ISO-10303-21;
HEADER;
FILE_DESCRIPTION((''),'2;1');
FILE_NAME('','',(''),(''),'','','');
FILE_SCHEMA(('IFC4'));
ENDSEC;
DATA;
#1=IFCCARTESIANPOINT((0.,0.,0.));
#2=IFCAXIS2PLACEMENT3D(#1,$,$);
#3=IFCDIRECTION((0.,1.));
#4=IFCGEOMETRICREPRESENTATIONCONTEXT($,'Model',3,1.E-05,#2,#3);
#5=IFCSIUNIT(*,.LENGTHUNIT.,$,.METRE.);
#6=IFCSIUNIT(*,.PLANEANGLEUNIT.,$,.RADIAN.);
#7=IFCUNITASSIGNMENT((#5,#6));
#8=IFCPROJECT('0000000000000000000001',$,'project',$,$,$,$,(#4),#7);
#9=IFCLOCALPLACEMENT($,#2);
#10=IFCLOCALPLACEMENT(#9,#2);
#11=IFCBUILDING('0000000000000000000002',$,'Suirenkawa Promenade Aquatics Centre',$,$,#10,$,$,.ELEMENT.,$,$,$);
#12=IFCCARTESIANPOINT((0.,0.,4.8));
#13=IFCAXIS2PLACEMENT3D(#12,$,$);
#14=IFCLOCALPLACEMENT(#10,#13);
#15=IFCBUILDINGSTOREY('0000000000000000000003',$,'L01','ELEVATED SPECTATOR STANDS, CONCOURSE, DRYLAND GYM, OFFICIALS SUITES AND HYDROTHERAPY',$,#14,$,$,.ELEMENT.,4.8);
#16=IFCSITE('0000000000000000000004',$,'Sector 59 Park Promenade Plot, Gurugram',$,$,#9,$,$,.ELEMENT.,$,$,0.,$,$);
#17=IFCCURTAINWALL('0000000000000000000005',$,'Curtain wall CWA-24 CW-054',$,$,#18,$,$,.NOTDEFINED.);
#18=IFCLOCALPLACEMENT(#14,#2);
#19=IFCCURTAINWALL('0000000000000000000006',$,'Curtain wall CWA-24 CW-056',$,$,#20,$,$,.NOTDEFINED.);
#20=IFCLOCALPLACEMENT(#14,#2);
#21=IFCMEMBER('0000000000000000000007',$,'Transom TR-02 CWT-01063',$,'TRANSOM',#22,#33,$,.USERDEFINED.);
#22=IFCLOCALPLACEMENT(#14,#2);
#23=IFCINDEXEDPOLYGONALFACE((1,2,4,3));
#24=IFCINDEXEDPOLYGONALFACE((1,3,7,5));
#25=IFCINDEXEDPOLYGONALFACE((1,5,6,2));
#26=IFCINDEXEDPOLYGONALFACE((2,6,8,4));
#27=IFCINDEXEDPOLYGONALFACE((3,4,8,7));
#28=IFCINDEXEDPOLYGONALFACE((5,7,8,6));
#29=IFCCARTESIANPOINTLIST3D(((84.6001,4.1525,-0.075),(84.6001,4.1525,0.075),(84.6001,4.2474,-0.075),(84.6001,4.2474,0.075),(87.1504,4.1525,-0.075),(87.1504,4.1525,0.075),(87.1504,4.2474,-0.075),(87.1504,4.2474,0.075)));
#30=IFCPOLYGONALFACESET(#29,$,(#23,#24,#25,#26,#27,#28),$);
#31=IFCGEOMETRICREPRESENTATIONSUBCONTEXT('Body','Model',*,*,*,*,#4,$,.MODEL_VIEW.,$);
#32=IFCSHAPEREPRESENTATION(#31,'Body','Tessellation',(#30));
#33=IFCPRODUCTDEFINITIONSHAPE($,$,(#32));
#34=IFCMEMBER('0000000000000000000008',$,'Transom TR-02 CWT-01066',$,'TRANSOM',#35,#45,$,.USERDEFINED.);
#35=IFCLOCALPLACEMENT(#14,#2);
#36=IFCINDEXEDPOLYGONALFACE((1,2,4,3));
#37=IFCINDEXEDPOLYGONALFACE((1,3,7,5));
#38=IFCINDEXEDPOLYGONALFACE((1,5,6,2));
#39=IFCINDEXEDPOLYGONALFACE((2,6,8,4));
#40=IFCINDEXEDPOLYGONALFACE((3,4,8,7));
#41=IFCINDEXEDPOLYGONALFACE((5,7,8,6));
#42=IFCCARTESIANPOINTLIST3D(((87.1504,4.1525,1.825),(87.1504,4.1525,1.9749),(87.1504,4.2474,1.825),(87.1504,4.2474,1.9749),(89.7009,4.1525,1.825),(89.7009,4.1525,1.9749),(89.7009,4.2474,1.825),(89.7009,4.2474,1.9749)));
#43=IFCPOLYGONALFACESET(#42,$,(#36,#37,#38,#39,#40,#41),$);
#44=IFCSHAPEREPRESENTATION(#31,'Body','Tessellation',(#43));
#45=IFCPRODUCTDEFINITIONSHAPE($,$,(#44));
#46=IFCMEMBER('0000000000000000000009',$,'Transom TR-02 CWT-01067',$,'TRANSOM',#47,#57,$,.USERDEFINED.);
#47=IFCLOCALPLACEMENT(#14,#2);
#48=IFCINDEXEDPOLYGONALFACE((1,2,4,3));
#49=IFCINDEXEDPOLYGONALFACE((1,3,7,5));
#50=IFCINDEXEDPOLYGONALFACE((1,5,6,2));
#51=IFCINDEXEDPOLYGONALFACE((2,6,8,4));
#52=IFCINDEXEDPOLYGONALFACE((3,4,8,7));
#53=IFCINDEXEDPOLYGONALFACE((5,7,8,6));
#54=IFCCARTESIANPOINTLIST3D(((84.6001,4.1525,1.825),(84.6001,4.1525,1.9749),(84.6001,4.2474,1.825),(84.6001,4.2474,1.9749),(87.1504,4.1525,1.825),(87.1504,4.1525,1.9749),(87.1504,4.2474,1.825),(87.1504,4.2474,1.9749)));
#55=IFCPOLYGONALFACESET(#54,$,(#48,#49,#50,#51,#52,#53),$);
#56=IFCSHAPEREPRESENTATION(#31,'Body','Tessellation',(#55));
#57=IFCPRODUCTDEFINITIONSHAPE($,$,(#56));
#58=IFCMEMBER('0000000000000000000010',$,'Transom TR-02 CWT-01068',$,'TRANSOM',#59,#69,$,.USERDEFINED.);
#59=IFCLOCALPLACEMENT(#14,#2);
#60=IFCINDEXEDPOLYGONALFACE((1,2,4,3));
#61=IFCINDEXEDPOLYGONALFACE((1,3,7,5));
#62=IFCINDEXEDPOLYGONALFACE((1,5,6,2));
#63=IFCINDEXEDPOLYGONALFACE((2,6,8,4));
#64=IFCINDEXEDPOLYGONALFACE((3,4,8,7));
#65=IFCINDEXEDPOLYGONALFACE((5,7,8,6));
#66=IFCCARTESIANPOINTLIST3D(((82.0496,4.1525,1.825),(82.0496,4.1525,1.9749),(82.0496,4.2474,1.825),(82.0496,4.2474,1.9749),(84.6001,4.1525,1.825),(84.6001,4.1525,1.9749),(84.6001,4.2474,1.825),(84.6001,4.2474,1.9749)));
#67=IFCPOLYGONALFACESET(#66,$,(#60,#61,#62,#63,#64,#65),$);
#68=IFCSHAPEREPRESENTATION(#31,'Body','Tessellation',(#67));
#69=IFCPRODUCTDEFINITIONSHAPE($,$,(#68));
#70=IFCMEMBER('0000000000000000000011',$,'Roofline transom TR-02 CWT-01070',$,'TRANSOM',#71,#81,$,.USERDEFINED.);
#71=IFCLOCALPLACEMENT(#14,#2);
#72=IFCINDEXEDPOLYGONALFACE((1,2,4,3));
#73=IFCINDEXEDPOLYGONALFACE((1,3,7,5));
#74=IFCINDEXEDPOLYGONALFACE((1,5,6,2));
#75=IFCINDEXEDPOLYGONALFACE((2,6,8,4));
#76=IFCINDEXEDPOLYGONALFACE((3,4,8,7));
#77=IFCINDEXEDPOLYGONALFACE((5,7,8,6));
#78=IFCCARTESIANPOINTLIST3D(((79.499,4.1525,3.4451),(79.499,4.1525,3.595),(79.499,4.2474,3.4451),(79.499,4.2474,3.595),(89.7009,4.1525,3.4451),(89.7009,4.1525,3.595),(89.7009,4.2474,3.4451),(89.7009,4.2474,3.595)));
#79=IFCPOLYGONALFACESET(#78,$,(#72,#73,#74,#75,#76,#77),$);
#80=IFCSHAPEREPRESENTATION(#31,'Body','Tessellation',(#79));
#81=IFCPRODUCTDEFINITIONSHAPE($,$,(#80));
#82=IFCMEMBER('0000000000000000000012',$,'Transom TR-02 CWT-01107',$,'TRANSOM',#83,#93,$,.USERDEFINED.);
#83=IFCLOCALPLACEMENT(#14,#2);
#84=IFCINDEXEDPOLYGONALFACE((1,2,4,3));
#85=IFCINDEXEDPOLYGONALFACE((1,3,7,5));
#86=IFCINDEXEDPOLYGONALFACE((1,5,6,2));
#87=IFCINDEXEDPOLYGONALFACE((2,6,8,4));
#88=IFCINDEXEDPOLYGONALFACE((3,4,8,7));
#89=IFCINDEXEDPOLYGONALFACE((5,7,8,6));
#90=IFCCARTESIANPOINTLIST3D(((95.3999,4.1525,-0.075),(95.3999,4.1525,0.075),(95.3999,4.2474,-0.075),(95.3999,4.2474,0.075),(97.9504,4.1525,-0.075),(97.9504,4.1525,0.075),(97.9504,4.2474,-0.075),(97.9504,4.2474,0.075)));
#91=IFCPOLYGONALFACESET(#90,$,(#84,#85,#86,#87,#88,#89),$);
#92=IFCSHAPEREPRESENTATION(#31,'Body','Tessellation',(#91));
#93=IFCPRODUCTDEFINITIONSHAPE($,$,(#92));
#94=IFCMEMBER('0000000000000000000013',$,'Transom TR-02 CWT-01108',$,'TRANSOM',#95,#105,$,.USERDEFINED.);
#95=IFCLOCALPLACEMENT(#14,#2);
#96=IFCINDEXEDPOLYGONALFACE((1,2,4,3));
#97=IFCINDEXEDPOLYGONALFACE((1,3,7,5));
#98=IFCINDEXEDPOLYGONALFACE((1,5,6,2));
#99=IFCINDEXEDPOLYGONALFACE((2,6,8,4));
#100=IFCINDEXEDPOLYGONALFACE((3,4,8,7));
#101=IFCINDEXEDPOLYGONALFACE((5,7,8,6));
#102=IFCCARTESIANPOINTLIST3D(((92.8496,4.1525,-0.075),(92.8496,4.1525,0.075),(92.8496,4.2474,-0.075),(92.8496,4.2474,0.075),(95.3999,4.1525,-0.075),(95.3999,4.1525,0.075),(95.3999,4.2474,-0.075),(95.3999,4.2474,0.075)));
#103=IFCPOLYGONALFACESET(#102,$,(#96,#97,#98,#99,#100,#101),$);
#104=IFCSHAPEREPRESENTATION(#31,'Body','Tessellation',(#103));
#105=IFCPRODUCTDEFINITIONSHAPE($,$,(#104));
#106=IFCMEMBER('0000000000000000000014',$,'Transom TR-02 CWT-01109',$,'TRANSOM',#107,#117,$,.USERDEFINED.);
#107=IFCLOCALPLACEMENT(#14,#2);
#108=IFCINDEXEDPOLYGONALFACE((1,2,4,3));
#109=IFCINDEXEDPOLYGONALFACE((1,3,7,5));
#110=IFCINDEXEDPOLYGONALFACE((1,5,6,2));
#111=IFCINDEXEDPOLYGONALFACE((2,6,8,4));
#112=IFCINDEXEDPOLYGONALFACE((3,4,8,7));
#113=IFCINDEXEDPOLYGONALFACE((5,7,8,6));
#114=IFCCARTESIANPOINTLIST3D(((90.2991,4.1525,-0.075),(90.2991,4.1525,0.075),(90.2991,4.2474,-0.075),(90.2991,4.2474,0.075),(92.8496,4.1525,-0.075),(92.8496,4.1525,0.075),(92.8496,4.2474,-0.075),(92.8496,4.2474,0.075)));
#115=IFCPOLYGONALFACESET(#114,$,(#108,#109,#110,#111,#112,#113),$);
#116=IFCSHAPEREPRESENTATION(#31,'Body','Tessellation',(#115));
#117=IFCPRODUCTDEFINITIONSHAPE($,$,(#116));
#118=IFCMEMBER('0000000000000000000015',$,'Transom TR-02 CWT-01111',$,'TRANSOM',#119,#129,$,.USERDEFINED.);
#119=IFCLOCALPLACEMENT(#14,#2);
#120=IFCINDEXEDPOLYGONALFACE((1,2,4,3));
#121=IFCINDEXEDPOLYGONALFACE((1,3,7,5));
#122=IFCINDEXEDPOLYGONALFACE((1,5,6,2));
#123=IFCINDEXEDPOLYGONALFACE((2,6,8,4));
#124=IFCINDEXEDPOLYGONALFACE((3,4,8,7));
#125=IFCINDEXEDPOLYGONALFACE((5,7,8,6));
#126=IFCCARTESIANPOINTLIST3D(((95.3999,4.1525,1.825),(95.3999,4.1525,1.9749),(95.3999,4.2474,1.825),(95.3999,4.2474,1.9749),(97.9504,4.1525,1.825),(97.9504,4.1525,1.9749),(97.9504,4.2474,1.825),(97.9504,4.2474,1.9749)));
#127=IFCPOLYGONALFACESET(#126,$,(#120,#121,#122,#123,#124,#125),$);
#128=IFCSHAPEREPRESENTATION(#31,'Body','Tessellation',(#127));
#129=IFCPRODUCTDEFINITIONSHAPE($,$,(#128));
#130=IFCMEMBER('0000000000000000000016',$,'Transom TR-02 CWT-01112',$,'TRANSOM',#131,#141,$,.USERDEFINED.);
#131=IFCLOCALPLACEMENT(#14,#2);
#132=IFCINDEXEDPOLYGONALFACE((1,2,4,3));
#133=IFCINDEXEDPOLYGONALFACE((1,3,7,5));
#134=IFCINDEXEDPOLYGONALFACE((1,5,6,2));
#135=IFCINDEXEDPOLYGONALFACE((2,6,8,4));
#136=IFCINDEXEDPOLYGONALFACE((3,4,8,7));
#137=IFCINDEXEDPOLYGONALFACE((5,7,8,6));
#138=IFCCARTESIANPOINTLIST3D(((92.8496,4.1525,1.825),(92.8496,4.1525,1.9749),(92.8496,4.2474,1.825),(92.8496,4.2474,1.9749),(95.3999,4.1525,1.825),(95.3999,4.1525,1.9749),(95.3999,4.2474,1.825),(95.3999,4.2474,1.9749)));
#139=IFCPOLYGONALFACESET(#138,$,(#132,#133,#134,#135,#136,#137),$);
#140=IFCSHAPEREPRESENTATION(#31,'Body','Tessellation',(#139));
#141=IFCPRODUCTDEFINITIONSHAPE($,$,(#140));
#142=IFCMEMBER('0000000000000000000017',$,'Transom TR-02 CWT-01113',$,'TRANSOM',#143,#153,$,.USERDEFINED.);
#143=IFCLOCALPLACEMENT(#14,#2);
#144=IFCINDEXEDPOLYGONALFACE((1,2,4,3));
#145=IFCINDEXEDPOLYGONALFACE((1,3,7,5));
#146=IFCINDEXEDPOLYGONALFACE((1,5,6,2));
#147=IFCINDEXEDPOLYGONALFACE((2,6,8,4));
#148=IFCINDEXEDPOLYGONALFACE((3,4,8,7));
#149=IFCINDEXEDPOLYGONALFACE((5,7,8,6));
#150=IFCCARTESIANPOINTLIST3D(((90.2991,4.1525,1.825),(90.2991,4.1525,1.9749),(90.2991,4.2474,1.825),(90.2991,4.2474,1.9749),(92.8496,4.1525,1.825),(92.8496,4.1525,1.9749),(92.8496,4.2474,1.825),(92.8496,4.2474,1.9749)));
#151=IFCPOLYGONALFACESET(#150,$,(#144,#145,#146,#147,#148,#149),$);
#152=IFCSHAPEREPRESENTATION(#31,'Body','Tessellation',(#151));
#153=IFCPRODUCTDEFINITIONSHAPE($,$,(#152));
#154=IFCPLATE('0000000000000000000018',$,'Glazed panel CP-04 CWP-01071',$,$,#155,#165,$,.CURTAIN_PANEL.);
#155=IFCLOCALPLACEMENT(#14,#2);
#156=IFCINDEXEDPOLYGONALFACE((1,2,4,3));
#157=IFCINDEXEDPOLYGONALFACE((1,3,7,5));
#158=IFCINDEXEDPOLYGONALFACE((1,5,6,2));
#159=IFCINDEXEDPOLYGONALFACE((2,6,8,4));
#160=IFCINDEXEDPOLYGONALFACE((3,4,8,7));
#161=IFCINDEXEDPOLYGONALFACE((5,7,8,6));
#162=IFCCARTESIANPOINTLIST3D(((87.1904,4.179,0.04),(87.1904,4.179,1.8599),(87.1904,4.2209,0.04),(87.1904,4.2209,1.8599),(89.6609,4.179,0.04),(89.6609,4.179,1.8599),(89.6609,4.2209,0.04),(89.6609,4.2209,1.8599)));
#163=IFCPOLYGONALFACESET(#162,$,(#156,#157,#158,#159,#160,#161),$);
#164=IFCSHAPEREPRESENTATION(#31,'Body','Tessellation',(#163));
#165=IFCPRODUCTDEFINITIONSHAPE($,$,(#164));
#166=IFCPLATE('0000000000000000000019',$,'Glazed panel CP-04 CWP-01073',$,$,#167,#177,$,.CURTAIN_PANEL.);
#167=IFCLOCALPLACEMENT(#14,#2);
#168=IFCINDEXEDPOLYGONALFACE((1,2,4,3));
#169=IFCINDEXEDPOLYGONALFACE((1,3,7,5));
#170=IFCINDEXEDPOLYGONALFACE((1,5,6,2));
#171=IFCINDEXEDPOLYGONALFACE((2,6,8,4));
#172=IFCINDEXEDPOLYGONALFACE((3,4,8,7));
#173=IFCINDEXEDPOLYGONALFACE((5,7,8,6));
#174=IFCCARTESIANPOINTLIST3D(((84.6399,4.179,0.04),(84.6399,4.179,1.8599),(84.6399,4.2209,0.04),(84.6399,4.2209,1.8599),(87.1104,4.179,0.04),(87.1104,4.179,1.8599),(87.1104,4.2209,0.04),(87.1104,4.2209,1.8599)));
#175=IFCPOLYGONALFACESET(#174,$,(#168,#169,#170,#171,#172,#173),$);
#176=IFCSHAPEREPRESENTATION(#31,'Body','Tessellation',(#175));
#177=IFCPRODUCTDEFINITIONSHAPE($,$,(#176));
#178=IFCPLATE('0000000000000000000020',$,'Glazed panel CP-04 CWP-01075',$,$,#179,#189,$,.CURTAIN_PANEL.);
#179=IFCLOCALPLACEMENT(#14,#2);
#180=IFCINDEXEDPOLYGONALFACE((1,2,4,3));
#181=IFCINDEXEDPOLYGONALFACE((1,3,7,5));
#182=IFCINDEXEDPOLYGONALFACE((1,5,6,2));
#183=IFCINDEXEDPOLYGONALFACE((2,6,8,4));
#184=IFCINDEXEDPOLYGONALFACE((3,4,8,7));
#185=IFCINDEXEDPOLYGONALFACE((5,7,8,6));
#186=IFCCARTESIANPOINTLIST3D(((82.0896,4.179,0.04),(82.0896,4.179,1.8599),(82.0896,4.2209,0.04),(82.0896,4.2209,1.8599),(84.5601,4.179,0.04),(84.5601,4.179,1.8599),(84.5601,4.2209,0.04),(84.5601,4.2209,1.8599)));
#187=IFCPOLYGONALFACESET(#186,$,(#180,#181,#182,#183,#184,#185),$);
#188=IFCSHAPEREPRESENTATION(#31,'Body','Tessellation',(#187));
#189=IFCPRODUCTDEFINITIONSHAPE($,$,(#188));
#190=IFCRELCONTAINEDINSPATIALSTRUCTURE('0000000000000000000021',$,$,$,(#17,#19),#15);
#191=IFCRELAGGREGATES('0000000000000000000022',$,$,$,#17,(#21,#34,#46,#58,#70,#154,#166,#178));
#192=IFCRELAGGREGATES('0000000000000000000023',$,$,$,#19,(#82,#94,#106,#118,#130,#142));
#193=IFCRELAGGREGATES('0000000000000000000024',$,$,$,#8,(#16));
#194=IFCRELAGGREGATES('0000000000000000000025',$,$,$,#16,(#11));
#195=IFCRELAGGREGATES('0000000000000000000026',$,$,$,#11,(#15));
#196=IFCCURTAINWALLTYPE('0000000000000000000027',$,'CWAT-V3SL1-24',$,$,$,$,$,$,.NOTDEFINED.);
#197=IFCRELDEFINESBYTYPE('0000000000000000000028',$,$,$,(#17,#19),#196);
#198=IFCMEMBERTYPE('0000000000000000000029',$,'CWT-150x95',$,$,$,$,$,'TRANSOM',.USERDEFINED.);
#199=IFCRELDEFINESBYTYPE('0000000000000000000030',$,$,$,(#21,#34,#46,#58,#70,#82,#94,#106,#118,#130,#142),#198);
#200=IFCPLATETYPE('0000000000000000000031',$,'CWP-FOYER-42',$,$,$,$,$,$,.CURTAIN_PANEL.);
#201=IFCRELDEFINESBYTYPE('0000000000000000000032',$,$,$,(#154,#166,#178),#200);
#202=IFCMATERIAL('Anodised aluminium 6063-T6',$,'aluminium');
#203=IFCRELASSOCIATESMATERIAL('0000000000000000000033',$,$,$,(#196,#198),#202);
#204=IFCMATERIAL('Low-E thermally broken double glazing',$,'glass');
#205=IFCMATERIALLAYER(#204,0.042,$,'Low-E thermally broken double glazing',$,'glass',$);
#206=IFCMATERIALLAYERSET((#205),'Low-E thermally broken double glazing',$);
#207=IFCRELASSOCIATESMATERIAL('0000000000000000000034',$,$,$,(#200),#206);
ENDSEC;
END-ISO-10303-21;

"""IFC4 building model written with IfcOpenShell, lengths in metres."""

from ifc_helpers import new_model, si_unit, direction, frame, origin, origin_2d, place, context, subcontext, project, spatial, polyline, rectangle, outline, extrude, material, layer, layer_set, material_profile, profile_set, type_object, element, aggregate, save


model = new_model("IFC4")

# Units and contexts
model_context = context("Model", 3, precision=1e-05, world=origin(), true_north=direction((0.0, 1.0)))
body_context = subcontext(model_context, "Body", "Model", "MODEL_VIEW")
ifc_project = project(units=[si_unit("LENGTHUNIT", "METRE"), si_unit("PLANEANGLEUNIT", "RADIAN")], contexts=[model_context])

# Site, building, storey
site_placement = place(None, origin())
site = spatial("IfcSite", under=ifc_project, at=site_placement, Name="Sector 59 Park Promenade Plot, Gurugram", CompositionType="ELEMENT", RefElevation=0.0)
building_placement = place(site_placement, origin())
building = spatial("IfcBuilding", under=site, at=building_placement, Name="Suirenkawa Promenade Aquatics Centre", CompositionType="ELEMENT")
storey_placement = place(building_placement, frame((0.0, 0.0, 4.8)))
storey = spatial("IfcBuildingStorey", under=building, at=storey_placement, Name="L01", Description="ELEVATED SPECTATOR STANDS, CONCOURSE, DRYLAND GYM, OFFICIALS SUITES AND HYDROTHERAPY", CompositionType="ELEMENT", Elevation=4.8)

# Curtain walls
ifc_material_1 = material(Name="Anodised aluminium 6063-T6", Category="aluminium")
curtain_wall_type = type_object("IfcCurtainWallType", Name="CWAT-V3SL1-24", PredefinedType="NOTDEFINED", material=ifc_material_1)
curtain_wall_1_placement = place(storey_placement, origin())
curtain_wall_1 = element("IfcCurtainWall", 1, at=curtain_wall_1_placement, inside=storey, type_object=curtain_wall_type, Name="Curtain wall CWA-24 CW-054", PredefinedType="NOTDEFINED")
curtain_wall_2_placement = place(storey_placement, origin())
curtain_wall_2 = element("IfcCurtainWall", 2, at=curtain_wall_2_placement, inside=storey, type_object=curtain_wall_type, Name="Curtain wall CWA-24 CW-056", PredefinedType="NOTDEFINED")

# Members
ifc_material_profile_1 = material_profile(ifc_material_1, rectangle(XDim=0.095, YDim=0.1499, at=origin_2d()), Name="ALU TRAN 95x150", Category="aluminium")
ifc_profile_set_1 = profile_set([ifc_material_profile_1], Name="Anodised aluminium 6063-T6")
member_type_1 = type_object("IfcMemberType", Name="CWT-150x95", ElementType="TRANSOM", PredefinedType="USERDEFINED", material=ifc_profile_set_1)
member_1_placement = place(storey_placement, frame((87.1504, 4.2, 0.0), z_axis=(-1.0, 0.0, 0.0), x_axis=(0.0, -1.0, 0.0)))
member_1 = element("IfcMember", 3, at=member_1_placement, type_object=member_type_1, Name="Transom TR-02 CWT-01063", ObjectType="TRANSOM", PredefinedType="USERDEFINED", context=body_context, shape_type="SweptSolid", body=[
    extrude(rectangle(XDim=0.095, YDim=0.1499, at=origin_2d()), origin(), (0.0, 0.0, 1.0), 2.5503),
])
member_2_placement = place(storey_placement, frame((89.7009, 4.2, 1.8999), z_axis=(-1.0, 0.0, 0.0), x_axis=(0.0, -1.0, 0.0)))
member_2 = element("IfcMember", 4, at=member_2_placement, type_object=member_type_1, Name="Transom TR-02 CWT-01066", ObjectType="TRANSOM", PredefinedType="USERDEFINED", context=body_context, shape_type="SweptSolid", body=[
    extrude(rectangle(XDim=0.095, YDim=0.1499, at=origin_2d()), origin(), (0.0, 0.0, 1.0), 2.5505),
])
member_3_placement = place(storey_placement, frame((87.1504, 4.2, 1.8999), z_axis=(-1.0, 0.0, 0.0), x_axis=(0.0, -1.0, 0.0)))
member_3 = element("IfcMember", 5, at=member_3_placement, type_object=member_type_1, Name="Transom TR-02 CWT-01067", ObjectType="TRANSOM", PredefinedType="USERDEFINED", context=body_context, shape_type="SweptSolid", body=[
    extrude(rectangle(XDim=0.095, YDim=0.1499, at=origin_2d()), origin(), (0.0, 0.0, 1.0), 2.5503),
])
member_4_placement = place(storey_placement, frame((84.6001, 4.2, 1.8999), z_axis=(-1.0, 0.0, 0.0), x_axis=(0.0, -1.0, 0.0)))
member_4 = element("IfcMember", 6, at=member_4_placement, type_object=member_type_1, Name="Transom TR-02 CWT-01068", ObjectType="TRANSOM", PredefinedType="USERDEFINED", context=body_context, shape_type="SweptSolid", body=[
    extrude(rectangle(XDim=0.095, YDim=0.1499, at=origin_2d()), origin(), (0.0, 0.0, 1.0), 2.5505),
])
member_5_placement = place(storey_placement, frame((89.7009, 4.2, 3.52), z_axis=(-1.0, 0.0, 0.0), x_axis=(0.0, -1.0, 0.0)))
member_5 = element("IfcMember", 7, at=member_5_placement, type_object=member_type_1, Name="Roofline transom TR-02 CWT-01070", ObjectType="TRANSOM", PredefinedType="USERDEFINED", context=body_context, shape_type="SweptSolid", body=[
    extrude(rectangle(XDim=0.095, YDim=0.1499, at=origin_2d()), origin(), (0.0, 0.0, 1.0), 10.2019),
])
member_6_placement = place(storey_placement, frame((97.9504, 4.2, 0.0), z_axis=(-1.0, 0.0, 0.0), x_axis=(0.0, -1.0, 0.0)))
member_6 = element("IfcMember", 8, at=member_6_placement, type_object=member_type_1, Name="Transom TR-02 CWT-01107", ObjectType="TRANSOM", PredefinedType="USERDEFINED", context=body_context, shape_type="SweptSolid", body=[
    extrude(rectangle(XDim=0.095, YDim=0.1499, at=origin_2d()), origin(), (0.0, 0.0, 1.0), 2.5505),
])
member_7_placement = place(storey_placement, frame((95.3999, 4.2, 0.0), z_axis=(-1.0, 0.0, 0.0), x_axis=(0.0, -1.0, 0.0)))
member_7 = element("IfcMember", 9, at=member_7_placement, type_object=member_type_1, Name="Transom TR-02 CWT-01108", ObjectType="TRANSOM", PredefinedType="USERDEFINED", context=body_context, shape_type="SweptSolid", body=[
    extrude(rectangle(XDim=0.095, YDim=0.1499, at=origin_2d()), origin(), (0.0, 0.0, 1.0), 2.5503),
])
member_8_placement = place(storey_placement, frame((92.8496, 4.2, 0.0), z_axis=(-1.0, 0.0, 0.0), x_axis=(0.0, -1.0, 0.0)))
member_8 = element("IfcMember", 10, at=member_8_placement, type_object=member_type_1, Name="Transom TR-02 CWT-01109", ObjectType="TRANSOM", PredefinedType="USERDEFINED", context=body_context, shape_type="SweptSolid", body=[
    extrude(rectangle(XDim=0.095, YDim=0.1499, at=origin_2d()), origin(), (0.0, 0.0, 1.0), 2.5505),
])
member_9_placement = place(storey_placement, frame((97.9504, 4.2, 1.8999), z_axis=(-1.0, 0.0, 0.0), x_axis=(0.0, -1.0, 0.0)))
member_9 = element("IfcMember", 11, at=member_9_placement, type_object=member_type_1, Name="Transom TR-02 CWT-01111", ObjectType="TRANSOM", PredefinedType="USERDEFINED", context=body_context, shape_type="SweptSolid", body=[
    extrude(rectangle(XDim=0.095, YDim=0.1499, at=origin_2d()), origin(), (0.0, 0.0, 1.0), 2.5505),
])
member_10_placement = place(storey_placement, frame((95.3999, 4.2, 1.8999), z_axis=(-1.0, 0.0, 0.0), x_axis=(0.0, -1.0, 0.0)))
member_10 = element("IfcMember", 12, at=member_10_placement, type_object=member_type_1, Name="Transom TR-02 CWT-01112", ObjectType="TRANSOM", PredefinedType="USERDEFINED", context=body_context, shape_type="SweptSolid", body=[
    extrude(rectangle(XDim=0.095, YDim=0.1499, at=origin_2d()), origin(), (0.0, 0.0, 1.0), 2.5503),
])
member_11_placement = place(storey_placement, frame((92.8496, 4.2, 1.8999), z_axis=(-1.0, 0.0, 0.0), x_axis=(0.0, -1.0, 0.0)))
member_11 = element("IfcMember", 13, at=member_11_placement, type_object=member_type_1, Name="Transom TR-02 CWT-01113", ObjectType="TRANSOM", PredefinedType="USERDEFINED", context=body_context, shape_type="SweptSolid", body=[
    extrude(rectangle(XDim=0.095, YDim=0.1499, at=origin_2d()), origin(), (0.0, 0.0, 1.0), 2.5505),
])

# Plates
ifc_material_2 = material(Name="Low-E thermally broken double glazing", Category="glass")
ifc_layer_1 = layer(ifc_material_2, 0.042, Name="Low-E thermally broken double glazing", Category="glass")
ifc_layer_set_1 = layer_set([ifc_layer_1], Name="Low-E thermally broken double glazing")
plate_type = type_object("IfcPlateType", Name="CWP-FOYER-42", PredefinedType="CURTAIN_PANEL", material=ifc_layer_set_1)
plate_1_placement = place(storey_placement, frame((89.7009, 4.2, 0.04), z_axis=(0.0, 0.0, 1.0), x_axis=(-1.0, 0.0, 0.0)))
plate_1 = element("IfcPlate", 14, at=plate_1_placement, type_object=plate_type, Name="Glazed panel CP-04 CWP-01071", PredefinedType="CURTAIN_PANEL", context=body_context, shape_type="SweptSolid", body=[
    extrude(outline(polyline([(0.04, 0.0), (2.5105, 0.0), (2.5105, 1.8198), (0.04, 1.8198), (0.04, 0.0)])), frame((0.0, 0.021, 0.0), z_axis=(0.0, -1.0, 0.0), x_axis=(1.0, 0.0, 0.0)), (0.0, 0.0, 1.0), 0.042),
])
plate_2_placement = place(storey_placement, frame((87.1504, 4.2, 0.04), z_axis=(0.0, 0.0, 1.0), x_axis=(-1.0, 0.0, 0.0)))
plate_2 = element("IfcPlate", 15, at=plate_2_placement, type_object=plate_type, Name="Glazed panel CP-04 CWP-01073", PredefinedType="CURTAIN_PANEL", context=body_context, shape_type="SweptSolid", body=[
    extrude(outline(polyline([(0.04, 0.0), (2.5105, 0.0), (2.5105, 1.8198), (0.04, 1.8198), (0.04, 0.0)])), frame((0.0, 0.021, 0.0), z_axis=(0.0, -1.0, 0.0), x_axis=(1.0, 0.0, 0.0)), (0.0, 0.0, 1.0), 0.042),
])
plate_3_placement = place(storey_placement, frame((84.6001, 4.2, 0.04), z_axis=(0.0, 0.0, 1.0), x_axis=(-1.0, 0.0, 0.0)))
plate_3 = element("IfcPlate", 16, at=plate_3_placement, type_object=plate_type, Name="Glazed panel CP-04 CWP-01075", PredefinedType="CURTAIN_PANEL", context=body_context, shape_type="SweptSolid", body=[
    extrude(outline(polyline([(0.04, 0.0), (2.5105, 0.0), (2.5105, 1.8198), (0.04, 1.8198), (0.04, 0.0)])), frame((0.0, 0.021, 0.0), z_axis=(0.0, -1.0, 0.0), x_axis=(1.0, 0.0, 0.0)), (0.0, 0.0, 1.0), 0.042),
])
aggregate(curtain_wall_1, [member_1, member_2, member_3, member_4, member_5, plate_1, plate_2, plate_3])
aggregate(curtain_wall_2, [member_6, member_7, member_8, member_9, member_10, member_11])

save(model, "model.ifc")
